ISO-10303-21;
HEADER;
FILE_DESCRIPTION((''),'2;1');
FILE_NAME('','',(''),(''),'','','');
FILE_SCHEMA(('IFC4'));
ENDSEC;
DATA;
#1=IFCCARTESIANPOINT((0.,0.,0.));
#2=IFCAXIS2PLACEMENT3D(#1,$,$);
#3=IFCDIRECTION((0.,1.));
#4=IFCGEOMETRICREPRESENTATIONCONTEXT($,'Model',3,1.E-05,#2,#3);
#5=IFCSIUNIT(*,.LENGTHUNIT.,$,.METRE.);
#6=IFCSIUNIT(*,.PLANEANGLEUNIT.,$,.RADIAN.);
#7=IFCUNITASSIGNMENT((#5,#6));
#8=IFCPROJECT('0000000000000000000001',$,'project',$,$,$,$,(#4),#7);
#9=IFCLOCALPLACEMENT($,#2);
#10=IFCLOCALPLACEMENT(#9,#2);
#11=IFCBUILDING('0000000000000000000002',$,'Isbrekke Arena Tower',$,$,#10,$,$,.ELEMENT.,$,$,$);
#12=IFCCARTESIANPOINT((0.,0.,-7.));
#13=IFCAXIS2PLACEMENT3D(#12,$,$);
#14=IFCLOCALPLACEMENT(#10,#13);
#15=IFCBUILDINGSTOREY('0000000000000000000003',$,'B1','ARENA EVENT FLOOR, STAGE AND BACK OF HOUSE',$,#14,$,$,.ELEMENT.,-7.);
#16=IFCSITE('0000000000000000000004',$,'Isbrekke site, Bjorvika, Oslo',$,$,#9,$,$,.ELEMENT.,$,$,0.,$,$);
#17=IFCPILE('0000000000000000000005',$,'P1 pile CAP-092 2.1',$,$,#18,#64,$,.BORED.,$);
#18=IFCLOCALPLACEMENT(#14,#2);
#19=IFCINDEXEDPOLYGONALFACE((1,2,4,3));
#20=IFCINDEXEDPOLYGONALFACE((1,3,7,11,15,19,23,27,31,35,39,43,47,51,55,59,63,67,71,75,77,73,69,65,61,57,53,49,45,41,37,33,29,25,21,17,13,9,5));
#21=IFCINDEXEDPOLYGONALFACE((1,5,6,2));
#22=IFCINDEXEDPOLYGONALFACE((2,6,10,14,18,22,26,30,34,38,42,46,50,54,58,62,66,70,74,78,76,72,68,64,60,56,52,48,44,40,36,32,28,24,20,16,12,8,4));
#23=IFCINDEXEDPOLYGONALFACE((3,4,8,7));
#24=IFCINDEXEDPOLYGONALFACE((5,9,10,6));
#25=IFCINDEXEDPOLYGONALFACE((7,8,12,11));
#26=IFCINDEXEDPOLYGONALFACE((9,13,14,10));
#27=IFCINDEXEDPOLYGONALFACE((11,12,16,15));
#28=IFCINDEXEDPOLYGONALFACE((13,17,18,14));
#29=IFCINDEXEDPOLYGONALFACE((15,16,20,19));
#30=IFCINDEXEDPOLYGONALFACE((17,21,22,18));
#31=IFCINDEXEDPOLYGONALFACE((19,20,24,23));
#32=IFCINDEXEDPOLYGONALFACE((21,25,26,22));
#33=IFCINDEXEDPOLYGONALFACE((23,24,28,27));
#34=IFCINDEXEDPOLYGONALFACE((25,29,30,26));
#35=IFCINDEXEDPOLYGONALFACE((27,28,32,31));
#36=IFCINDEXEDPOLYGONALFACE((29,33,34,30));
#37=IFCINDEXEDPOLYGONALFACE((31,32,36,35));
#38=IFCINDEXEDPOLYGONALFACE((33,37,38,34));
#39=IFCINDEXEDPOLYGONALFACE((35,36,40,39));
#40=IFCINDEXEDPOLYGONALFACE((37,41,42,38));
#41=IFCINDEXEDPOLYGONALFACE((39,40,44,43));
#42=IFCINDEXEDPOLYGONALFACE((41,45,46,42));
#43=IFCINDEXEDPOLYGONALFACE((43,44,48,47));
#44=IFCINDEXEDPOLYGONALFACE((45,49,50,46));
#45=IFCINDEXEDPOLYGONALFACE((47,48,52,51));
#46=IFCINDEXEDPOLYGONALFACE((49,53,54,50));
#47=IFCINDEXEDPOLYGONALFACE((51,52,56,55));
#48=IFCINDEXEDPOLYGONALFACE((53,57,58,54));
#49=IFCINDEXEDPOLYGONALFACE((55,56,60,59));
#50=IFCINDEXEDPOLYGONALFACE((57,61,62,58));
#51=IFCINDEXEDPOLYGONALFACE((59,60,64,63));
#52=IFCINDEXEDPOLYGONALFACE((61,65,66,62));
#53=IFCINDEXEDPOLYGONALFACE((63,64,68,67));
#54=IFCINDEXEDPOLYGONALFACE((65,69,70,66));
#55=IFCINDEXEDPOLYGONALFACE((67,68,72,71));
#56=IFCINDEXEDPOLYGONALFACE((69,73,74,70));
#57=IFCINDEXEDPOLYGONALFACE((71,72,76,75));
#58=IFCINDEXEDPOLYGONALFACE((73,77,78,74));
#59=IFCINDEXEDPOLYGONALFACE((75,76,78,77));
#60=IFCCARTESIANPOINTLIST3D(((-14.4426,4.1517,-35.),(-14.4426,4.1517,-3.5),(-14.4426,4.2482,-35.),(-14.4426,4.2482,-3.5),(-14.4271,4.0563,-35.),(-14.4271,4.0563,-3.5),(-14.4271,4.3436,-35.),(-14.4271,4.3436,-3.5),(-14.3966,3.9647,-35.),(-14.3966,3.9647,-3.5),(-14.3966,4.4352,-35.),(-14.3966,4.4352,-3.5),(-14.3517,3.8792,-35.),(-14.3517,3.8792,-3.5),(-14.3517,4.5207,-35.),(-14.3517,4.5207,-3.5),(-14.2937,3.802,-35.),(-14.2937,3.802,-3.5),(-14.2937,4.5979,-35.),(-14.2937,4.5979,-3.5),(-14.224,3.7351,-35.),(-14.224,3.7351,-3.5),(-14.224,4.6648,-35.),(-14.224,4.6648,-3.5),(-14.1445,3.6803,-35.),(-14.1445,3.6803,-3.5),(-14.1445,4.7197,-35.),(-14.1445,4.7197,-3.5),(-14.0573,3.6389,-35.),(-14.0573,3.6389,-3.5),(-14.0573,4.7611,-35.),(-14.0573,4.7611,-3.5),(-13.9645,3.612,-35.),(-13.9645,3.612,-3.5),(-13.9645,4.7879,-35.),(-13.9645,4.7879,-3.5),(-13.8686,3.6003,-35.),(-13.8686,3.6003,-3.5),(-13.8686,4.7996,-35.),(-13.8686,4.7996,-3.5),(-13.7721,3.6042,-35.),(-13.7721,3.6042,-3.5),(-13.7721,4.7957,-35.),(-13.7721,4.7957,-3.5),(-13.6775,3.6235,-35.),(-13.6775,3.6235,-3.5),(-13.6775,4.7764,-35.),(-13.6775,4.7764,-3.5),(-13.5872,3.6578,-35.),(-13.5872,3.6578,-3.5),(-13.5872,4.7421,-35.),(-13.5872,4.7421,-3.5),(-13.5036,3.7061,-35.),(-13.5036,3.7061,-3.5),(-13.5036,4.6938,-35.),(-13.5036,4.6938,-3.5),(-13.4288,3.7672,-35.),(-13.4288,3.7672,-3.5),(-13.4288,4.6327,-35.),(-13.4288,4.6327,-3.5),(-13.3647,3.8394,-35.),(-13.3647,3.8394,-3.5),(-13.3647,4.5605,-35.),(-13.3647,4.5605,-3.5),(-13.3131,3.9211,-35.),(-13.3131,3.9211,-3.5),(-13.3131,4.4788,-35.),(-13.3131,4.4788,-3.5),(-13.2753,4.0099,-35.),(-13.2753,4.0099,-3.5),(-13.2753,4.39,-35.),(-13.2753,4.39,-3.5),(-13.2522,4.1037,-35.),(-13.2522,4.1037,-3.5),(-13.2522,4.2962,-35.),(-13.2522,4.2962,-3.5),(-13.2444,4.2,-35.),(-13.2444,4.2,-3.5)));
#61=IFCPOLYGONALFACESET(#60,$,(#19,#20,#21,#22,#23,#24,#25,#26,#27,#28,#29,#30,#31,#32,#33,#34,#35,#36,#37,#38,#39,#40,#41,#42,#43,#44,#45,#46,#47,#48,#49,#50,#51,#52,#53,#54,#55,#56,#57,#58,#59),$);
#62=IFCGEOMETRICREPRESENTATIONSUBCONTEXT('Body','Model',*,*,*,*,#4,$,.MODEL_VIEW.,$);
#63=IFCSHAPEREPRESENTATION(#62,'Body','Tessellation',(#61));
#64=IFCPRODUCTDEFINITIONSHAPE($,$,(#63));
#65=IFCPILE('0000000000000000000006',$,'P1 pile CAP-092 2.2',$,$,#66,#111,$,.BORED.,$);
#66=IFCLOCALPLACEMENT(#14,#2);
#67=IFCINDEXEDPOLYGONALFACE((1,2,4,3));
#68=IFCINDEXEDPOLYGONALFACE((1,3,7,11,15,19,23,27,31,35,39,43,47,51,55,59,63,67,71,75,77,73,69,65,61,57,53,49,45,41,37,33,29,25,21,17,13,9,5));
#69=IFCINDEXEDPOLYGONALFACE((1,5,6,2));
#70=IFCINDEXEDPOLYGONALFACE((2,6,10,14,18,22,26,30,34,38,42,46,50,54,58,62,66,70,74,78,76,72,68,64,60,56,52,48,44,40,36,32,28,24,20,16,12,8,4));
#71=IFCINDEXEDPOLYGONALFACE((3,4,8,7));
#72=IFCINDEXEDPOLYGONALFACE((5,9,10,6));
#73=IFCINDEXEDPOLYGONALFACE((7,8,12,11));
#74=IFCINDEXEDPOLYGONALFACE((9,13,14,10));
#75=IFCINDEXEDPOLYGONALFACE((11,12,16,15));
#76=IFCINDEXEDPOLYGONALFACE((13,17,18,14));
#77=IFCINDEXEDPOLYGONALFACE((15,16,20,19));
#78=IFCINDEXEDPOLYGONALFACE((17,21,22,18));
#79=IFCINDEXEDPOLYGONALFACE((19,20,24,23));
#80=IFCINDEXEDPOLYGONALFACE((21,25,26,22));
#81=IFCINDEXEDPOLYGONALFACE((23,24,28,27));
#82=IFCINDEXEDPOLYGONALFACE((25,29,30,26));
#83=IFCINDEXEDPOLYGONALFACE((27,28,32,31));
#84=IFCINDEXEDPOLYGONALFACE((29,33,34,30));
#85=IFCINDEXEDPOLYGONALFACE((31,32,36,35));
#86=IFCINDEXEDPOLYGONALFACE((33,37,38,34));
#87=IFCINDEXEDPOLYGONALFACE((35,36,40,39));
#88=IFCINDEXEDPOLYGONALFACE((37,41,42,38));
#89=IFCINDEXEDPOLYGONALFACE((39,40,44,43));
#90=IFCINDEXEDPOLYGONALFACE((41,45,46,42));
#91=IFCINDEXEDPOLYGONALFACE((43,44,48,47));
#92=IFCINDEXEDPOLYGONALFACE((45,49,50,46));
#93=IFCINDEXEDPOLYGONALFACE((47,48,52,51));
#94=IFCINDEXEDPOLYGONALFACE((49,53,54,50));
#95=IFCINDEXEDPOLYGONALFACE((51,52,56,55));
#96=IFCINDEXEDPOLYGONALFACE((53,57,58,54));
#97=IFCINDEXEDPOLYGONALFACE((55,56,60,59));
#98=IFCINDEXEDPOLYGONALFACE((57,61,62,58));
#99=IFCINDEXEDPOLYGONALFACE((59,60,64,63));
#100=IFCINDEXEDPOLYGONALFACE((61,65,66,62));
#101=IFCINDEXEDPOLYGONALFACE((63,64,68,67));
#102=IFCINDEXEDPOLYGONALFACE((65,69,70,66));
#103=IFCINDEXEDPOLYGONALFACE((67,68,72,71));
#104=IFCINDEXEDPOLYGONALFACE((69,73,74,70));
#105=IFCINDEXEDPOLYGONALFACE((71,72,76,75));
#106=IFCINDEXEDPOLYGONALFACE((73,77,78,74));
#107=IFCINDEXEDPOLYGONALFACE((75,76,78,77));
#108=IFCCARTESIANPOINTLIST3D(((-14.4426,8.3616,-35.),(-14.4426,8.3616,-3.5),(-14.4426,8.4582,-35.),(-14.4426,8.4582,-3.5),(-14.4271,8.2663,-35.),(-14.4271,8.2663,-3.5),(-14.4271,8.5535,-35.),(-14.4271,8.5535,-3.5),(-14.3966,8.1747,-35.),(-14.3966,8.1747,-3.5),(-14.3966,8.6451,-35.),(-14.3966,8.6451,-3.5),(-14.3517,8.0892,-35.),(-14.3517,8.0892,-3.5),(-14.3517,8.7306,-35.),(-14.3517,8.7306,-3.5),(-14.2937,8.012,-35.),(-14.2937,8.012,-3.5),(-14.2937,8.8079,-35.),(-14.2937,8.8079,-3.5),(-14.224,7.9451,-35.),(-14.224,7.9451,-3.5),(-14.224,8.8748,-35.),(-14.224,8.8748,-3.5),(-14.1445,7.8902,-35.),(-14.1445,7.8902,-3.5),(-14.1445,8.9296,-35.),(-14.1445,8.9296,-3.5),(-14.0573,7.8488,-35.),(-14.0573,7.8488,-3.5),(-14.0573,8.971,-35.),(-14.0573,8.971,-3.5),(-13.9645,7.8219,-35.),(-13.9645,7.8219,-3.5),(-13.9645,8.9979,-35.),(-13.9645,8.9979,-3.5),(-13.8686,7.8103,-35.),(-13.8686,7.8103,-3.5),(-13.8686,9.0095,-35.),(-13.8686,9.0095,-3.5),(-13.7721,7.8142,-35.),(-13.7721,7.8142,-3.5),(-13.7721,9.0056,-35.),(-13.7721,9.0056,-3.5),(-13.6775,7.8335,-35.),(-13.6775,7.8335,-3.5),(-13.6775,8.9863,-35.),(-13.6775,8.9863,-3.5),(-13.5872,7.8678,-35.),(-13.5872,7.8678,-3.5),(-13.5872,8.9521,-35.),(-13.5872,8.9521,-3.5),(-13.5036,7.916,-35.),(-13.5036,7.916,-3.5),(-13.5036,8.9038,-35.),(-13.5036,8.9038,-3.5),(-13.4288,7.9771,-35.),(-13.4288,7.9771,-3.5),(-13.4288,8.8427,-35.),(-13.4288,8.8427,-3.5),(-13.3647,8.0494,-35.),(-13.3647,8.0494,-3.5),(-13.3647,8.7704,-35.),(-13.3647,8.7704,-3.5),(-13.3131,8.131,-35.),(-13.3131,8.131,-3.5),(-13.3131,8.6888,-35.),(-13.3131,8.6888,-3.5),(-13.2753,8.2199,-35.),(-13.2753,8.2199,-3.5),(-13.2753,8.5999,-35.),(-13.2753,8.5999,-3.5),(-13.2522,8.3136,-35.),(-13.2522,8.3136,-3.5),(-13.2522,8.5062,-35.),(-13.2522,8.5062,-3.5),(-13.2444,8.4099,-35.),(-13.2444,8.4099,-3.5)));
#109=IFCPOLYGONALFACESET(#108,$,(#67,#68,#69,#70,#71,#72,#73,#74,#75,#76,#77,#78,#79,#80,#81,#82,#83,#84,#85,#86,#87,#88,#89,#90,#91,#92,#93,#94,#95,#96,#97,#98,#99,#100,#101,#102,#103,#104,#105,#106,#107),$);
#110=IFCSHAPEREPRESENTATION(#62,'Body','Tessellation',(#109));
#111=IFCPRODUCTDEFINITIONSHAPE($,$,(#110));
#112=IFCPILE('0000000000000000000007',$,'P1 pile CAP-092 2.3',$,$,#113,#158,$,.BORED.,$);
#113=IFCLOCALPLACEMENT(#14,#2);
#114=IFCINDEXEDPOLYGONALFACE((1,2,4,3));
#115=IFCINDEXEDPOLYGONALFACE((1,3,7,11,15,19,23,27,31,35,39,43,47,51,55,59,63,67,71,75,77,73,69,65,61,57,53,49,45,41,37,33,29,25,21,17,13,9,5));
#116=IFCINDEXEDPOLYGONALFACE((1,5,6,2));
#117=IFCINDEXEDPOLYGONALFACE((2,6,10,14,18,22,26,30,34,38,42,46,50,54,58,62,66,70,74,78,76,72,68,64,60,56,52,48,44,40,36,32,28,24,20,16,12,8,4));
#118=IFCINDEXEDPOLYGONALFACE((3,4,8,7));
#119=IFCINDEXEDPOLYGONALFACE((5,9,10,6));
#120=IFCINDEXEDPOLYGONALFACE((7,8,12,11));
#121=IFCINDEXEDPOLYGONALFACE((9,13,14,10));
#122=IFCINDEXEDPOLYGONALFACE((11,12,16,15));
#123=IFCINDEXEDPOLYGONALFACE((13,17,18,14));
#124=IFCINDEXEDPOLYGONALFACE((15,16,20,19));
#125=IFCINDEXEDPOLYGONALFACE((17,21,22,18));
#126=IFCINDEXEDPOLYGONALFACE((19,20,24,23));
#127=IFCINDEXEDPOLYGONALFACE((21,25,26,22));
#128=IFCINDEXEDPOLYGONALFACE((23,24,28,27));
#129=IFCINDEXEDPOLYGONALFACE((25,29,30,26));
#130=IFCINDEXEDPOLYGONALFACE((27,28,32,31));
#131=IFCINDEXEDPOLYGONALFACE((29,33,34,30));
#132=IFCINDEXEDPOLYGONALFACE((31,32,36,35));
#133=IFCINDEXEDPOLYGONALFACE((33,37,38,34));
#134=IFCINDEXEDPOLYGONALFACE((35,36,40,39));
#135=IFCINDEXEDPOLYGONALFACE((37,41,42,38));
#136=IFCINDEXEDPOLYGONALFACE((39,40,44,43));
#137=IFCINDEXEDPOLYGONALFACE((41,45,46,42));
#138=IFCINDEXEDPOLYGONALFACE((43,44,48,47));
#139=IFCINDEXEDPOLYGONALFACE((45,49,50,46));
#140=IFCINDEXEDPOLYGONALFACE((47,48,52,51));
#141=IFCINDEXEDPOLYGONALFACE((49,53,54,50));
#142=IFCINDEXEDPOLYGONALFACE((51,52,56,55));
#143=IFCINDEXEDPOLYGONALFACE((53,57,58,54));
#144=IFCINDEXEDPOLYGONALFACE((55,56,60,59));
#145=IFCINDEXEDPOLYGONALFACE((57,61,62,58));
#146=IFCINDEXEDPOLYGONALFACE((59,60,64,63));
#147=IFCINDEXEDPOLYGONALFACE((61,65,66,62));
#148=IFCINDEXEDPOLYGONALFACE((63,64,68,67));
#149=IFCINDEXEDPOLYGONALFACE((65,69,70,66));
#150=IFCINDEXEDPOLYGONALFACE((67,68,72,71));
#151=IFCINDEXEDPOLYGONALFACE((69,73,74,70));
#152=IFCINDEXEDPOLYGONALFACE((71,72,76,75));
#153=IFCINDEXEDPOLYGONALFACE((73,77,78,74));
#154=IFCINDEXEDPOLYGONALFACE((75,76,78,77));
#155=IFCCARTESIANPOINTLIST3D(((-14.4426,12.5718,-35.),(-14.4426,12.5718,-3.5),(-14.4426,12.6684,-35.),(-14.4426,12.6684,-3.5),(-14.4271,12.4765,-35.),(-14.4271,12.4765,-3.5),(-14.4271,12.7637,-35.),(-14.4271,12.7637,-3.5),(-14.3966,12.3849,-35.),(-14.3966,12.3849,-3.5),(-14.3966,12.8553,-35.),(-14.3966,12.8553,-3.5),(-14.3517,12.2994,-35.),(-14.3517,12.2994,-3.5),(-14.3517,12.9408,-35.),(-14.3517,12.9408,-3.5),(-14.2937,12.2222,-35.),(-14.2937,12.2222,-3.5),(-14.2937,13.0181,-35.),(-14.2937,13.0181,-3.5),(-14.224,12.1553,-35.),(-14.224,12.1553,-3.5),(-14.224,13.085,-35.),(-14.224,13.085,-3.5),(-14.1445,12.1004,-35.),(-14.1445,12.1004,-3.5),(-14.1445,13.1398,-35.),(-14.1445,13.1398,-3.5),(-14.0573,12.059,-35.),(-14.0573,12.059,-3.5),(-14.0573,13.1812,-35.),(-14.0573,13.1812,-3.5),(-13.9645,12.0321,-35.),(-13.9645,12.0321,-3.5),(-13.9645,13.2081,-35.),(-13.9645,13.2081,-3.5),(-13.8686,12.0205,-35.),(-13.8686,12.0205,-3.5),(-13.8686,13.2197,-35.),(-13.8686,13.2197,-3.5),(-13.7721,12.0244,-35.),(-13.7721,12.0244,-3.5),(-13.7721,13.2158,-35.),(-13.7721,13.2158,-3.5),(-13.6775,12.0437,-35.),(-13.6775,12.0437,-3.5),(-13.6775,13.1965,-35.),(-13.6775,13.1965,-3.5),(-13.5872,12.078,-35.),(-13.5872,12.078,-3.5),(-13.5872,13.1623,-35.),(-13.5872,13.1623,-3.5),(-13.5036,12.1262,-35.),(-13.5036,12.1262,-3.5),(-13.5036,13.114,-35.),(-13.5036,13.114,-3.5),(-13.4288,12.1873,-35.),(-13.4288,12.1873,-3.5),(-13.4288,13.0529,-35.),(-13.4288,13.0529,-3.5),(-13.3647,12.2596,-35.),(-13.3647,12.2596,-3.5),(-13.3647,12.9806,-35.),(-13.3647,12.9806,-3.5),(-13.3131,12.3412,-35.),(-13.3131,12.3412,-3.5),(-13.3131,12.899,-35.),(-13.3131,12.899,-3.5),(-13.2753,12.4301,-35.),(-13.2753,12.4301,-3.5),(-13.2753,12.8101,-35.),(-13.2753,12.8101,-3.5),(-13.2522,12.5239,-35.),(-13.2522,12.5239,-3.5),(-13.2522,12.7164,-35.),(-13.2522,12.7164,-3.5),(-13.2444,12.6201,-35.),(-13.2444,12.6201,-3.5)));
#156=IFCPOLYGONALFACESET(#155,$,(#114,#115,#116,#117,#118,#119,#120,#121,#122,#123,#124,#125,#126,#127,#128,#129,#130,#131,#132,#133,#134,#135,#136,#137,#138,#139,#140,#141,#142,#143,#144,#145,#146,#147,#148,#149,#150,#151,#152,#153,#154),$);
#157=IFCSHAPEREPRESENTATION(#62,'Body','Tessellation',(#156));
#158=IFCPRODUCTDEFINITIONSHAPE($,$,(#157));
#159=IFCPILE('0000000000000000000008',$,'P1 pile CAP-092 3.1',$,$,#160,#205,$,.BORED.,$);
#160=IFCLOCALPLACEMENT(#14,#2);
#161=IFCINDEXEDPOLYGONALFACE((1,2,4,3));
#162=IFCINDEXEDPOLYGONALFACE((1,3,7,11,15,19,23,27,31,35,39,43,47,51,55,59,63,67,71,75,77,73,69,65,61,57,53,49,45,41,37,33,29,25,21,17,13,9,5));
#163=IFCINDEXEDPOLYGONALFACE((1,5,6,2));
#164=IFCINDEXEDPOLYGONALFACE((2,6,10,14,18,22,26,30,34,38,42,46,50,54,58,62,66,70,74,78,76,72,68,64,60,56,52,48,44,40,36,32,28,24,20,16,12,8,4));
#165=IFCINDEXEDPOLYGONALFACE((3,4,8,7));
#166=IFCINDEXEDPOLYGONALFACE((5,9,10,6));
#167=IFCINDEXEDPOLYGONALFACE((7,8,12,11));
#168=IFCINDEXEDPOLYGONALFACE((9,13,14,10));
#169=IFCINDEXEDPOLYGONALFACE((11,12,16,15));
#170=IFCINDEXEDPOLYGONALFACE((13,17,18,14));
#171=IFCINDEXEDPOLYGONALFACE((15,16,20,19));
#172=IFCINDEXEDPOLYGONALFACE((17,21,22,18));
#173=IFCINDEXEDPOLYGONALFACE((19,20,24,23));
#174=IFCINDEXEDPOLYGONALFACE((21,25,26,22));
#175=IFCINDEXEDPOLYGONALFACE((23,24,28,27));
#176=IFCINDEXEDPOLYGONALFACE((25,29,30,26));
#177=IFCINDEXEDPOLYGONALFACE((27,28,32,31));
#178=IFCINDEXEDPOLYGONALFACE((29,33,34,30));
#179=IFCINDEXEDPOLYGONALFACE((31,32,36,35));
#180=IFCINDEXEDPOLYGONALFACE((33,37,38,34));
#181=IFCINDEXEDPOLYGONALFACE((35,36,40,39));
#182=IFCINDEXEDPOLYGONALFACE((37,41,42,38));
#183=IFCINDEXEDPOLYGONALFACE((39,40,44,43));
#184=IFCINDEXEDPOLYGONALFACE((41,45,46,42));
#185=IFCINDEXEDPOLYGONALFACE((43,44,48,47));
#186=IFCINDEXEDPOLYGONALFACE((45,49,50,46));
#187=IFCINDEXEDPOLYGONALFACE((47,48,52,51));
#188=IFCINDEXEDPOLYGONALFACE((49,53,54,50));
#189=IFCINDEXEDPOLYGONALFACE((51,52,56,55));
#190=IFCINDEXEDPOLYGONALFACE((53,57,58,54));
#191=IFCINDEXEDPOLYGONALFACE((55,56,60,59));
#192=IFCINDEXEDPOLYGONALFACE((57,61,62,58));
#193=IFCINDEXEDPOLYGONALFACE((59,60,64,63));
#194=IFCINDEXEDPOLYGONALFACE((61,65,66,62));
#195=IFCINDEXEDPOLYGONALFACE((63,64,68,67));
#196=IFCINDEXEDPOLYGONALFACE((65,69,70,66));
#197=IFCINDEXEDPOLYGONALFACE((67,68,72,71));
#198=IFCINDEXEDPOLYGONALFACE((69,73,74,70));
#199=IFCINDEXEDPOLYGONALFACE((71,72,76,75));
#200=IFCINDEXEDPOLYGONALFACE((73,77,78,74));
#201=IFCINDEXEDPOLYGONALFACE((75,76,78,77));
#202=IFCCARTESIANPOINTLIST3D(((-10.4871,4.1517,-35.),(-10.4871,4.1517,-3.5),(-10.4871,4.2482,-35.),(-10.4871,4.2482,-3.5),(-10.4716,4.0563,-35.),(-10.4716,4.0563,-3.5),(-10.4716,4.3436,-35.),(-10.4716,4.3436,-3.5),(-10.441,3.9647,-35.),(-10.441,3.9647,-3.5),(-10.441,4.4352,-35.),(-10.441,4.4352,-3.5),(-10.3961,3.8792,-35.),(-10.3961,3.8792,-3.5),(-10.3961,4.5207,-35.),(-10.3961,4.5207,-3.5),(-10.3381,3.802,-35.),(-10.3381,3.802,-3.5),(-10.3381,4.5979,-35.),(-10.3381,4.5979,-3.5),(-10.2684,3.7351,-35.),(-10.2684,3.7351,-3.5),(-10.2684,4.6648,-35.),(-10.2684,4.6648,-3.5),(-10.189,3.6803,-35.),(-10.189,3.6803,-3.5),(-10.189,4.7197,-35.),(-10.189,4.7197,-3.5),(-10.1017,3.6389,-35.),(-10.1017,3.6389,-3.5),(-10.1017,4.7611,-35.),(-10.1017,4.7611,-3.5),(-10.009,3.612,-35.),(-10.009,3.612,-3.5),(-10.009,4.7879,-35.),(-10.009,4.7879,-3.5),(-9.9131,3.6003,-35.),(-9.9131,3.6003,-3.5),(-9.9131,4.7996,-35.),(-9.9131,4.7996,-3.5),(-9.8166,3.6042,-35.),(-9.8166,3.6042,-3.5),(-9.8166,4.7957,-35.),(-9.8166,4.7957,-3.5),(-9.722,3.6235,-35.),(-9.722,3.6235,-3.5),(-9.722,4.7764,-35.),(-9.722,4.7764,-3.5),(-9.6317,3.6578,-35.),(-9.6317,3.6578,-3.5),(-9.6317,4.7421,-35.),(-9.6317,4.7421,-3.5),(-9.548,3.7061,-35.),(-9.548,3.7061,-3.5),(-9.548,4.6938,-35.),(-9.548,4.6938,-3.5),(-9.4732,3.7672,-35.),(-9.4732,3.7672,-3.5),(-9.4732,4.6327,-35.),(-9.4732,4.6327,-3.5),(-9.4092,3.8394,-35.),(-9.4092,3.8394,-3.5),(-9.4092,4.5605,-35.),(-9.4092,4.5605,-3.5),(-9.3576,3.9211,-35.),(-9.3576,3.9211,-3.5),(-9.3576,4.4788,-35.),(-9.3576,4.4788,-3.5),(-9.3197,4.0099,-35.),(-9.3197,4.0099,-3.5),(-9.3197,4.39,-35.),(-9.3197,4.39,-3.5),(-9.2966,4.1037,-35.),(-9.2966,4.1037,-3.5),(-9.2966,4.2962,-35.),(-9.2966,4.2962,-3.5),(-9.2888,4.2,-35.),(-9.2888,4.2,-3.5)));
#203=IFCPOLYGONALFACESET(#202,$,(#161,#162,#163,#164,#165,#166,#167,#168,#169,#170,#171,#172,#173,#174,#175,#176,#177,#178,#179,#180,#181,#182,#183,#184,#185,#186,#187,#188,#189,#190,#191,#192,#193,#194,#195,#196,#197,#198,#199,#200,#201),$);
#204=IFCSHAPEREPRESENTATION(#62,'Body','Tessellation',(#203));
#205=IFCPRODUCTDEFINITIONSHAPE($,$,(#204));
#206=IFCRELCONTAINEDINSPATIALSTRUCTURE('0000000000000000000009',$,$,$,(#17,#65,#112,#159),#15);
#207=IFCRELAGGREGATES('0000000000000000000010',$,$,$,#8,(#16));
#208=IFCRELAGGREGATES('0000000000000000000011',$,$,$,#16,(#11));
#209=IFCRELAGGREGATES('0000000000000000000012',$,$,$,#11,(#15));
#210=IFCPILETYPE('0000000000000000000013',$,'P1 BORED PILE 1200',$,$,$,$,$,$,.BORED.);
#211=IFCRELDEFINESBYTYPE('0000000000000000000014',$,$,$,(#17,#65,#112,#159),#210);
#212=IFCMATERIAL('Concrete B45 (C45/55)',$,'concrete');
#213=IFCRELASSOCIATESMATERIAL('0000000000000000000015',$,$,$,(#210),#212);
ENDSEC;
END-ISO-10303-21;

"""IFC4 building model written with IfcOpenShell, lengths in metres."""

from ifc_helpers import new_model, si_unit, direction, frame, origin, origin_2d, place, context, subcontext, project, spatial, circle, extrude, material, material_profile, profile_set, type_object, element, save


model = new_model("IFC4")

# Units and contexts
model_context = context("Model", 3, precision=1e-05, world=origin(), true_north=direction((0.0, 1.0)))
body_context = subcontext(model_context, "Body", "Model", "MODEL_VIEW")
ifc_project = project(units=[si_unit("LENGTHUNIT", "METRE"), si_unit("PLANEANGLEUNIT", "RADIAN")], contexts=[model_context])

# Site, building, storey
site_placement = place(None, origin())
site = spatial("IfcSite", under=ifc_project, at=site_placement, Name="Isbrekke site, Bjorvika, Oslo", CompositionType="ELEMENT", RefElevation=0.0)
building_placement = place(site_placement, origin())
building = spatial("IfcBuilding", under=site, at=building_placement, Name="Isbrekke Arena Tower", CompositionType="ELEMENT")
storey_placement = place(building_placement, frame((0.0, 0.0, -7.0)))
storey = spatial("IfcBuildingStorey", under=building, at=storey_placement, Name="B1", Description="ARENA EVENT FLOOR, STAGE AND BACK OF HOUSE", CompositionType="ELEMENT", Elevation=-7.0)

# Piles
ifc_material_1 = material(Name="Concrete B45 (C45/55)", Category="concrete")
ifc_material_profile_1 = material_profile(ifc_material_1, circle(Radius=0.6001, at=origin_2d()), Name="BORED PILE D1200")
ifc_profile_set_1 = profile_set([ifc_material_profile_1], Name="Concrete B45 (C45/55)")
pile_type = type_object("IfcPileType", Name="P1 BORED PILE 1200", PredefinedType="BORED", material=ifc_profile_set_1)
for number, where, z_axis, x_axis, name in (
    (1, (-13.8445, 4.2, -3.5), (0.0, 0.0, -1.0), (1.0, 0.0, 0.0), "P1 pile CAP-092 2.1"),
    (2, (-13.8445, 8.4099, -3.5), (0.0, 0.0, -1.0), (1.0, 0.0, 0.0), "P1 pile CAP-092 2.2"),
    (3, (-13.8445, 12.6201, -3.5), (0.0, 0.0, -1.0), (1.0, 0.0, 0.0), "P1 pile CAP-092 2.3"),
    (4, (-9.8889, 4.2, -3.5), (0.0, 0.0, -1.0), (1.0, 0.0, 0.0), "P1 pile CAP-092 3.1"),
):
    element("IfcPile", number, at=place(storey_placement, frame(where, z_axis=z_axis, x_axis=x_axis)), inside=storey, type_object=pile_type, Name=name, PredefinedType="BORED", context=body_context, shape_type="SweptSolid", body=[
        extrude(circle(Radius=0.6001, at=origin_2d()), origin(), (0.0, 0.0, 1.0), 31.5),
    ])

save(model, "model.ifc")
